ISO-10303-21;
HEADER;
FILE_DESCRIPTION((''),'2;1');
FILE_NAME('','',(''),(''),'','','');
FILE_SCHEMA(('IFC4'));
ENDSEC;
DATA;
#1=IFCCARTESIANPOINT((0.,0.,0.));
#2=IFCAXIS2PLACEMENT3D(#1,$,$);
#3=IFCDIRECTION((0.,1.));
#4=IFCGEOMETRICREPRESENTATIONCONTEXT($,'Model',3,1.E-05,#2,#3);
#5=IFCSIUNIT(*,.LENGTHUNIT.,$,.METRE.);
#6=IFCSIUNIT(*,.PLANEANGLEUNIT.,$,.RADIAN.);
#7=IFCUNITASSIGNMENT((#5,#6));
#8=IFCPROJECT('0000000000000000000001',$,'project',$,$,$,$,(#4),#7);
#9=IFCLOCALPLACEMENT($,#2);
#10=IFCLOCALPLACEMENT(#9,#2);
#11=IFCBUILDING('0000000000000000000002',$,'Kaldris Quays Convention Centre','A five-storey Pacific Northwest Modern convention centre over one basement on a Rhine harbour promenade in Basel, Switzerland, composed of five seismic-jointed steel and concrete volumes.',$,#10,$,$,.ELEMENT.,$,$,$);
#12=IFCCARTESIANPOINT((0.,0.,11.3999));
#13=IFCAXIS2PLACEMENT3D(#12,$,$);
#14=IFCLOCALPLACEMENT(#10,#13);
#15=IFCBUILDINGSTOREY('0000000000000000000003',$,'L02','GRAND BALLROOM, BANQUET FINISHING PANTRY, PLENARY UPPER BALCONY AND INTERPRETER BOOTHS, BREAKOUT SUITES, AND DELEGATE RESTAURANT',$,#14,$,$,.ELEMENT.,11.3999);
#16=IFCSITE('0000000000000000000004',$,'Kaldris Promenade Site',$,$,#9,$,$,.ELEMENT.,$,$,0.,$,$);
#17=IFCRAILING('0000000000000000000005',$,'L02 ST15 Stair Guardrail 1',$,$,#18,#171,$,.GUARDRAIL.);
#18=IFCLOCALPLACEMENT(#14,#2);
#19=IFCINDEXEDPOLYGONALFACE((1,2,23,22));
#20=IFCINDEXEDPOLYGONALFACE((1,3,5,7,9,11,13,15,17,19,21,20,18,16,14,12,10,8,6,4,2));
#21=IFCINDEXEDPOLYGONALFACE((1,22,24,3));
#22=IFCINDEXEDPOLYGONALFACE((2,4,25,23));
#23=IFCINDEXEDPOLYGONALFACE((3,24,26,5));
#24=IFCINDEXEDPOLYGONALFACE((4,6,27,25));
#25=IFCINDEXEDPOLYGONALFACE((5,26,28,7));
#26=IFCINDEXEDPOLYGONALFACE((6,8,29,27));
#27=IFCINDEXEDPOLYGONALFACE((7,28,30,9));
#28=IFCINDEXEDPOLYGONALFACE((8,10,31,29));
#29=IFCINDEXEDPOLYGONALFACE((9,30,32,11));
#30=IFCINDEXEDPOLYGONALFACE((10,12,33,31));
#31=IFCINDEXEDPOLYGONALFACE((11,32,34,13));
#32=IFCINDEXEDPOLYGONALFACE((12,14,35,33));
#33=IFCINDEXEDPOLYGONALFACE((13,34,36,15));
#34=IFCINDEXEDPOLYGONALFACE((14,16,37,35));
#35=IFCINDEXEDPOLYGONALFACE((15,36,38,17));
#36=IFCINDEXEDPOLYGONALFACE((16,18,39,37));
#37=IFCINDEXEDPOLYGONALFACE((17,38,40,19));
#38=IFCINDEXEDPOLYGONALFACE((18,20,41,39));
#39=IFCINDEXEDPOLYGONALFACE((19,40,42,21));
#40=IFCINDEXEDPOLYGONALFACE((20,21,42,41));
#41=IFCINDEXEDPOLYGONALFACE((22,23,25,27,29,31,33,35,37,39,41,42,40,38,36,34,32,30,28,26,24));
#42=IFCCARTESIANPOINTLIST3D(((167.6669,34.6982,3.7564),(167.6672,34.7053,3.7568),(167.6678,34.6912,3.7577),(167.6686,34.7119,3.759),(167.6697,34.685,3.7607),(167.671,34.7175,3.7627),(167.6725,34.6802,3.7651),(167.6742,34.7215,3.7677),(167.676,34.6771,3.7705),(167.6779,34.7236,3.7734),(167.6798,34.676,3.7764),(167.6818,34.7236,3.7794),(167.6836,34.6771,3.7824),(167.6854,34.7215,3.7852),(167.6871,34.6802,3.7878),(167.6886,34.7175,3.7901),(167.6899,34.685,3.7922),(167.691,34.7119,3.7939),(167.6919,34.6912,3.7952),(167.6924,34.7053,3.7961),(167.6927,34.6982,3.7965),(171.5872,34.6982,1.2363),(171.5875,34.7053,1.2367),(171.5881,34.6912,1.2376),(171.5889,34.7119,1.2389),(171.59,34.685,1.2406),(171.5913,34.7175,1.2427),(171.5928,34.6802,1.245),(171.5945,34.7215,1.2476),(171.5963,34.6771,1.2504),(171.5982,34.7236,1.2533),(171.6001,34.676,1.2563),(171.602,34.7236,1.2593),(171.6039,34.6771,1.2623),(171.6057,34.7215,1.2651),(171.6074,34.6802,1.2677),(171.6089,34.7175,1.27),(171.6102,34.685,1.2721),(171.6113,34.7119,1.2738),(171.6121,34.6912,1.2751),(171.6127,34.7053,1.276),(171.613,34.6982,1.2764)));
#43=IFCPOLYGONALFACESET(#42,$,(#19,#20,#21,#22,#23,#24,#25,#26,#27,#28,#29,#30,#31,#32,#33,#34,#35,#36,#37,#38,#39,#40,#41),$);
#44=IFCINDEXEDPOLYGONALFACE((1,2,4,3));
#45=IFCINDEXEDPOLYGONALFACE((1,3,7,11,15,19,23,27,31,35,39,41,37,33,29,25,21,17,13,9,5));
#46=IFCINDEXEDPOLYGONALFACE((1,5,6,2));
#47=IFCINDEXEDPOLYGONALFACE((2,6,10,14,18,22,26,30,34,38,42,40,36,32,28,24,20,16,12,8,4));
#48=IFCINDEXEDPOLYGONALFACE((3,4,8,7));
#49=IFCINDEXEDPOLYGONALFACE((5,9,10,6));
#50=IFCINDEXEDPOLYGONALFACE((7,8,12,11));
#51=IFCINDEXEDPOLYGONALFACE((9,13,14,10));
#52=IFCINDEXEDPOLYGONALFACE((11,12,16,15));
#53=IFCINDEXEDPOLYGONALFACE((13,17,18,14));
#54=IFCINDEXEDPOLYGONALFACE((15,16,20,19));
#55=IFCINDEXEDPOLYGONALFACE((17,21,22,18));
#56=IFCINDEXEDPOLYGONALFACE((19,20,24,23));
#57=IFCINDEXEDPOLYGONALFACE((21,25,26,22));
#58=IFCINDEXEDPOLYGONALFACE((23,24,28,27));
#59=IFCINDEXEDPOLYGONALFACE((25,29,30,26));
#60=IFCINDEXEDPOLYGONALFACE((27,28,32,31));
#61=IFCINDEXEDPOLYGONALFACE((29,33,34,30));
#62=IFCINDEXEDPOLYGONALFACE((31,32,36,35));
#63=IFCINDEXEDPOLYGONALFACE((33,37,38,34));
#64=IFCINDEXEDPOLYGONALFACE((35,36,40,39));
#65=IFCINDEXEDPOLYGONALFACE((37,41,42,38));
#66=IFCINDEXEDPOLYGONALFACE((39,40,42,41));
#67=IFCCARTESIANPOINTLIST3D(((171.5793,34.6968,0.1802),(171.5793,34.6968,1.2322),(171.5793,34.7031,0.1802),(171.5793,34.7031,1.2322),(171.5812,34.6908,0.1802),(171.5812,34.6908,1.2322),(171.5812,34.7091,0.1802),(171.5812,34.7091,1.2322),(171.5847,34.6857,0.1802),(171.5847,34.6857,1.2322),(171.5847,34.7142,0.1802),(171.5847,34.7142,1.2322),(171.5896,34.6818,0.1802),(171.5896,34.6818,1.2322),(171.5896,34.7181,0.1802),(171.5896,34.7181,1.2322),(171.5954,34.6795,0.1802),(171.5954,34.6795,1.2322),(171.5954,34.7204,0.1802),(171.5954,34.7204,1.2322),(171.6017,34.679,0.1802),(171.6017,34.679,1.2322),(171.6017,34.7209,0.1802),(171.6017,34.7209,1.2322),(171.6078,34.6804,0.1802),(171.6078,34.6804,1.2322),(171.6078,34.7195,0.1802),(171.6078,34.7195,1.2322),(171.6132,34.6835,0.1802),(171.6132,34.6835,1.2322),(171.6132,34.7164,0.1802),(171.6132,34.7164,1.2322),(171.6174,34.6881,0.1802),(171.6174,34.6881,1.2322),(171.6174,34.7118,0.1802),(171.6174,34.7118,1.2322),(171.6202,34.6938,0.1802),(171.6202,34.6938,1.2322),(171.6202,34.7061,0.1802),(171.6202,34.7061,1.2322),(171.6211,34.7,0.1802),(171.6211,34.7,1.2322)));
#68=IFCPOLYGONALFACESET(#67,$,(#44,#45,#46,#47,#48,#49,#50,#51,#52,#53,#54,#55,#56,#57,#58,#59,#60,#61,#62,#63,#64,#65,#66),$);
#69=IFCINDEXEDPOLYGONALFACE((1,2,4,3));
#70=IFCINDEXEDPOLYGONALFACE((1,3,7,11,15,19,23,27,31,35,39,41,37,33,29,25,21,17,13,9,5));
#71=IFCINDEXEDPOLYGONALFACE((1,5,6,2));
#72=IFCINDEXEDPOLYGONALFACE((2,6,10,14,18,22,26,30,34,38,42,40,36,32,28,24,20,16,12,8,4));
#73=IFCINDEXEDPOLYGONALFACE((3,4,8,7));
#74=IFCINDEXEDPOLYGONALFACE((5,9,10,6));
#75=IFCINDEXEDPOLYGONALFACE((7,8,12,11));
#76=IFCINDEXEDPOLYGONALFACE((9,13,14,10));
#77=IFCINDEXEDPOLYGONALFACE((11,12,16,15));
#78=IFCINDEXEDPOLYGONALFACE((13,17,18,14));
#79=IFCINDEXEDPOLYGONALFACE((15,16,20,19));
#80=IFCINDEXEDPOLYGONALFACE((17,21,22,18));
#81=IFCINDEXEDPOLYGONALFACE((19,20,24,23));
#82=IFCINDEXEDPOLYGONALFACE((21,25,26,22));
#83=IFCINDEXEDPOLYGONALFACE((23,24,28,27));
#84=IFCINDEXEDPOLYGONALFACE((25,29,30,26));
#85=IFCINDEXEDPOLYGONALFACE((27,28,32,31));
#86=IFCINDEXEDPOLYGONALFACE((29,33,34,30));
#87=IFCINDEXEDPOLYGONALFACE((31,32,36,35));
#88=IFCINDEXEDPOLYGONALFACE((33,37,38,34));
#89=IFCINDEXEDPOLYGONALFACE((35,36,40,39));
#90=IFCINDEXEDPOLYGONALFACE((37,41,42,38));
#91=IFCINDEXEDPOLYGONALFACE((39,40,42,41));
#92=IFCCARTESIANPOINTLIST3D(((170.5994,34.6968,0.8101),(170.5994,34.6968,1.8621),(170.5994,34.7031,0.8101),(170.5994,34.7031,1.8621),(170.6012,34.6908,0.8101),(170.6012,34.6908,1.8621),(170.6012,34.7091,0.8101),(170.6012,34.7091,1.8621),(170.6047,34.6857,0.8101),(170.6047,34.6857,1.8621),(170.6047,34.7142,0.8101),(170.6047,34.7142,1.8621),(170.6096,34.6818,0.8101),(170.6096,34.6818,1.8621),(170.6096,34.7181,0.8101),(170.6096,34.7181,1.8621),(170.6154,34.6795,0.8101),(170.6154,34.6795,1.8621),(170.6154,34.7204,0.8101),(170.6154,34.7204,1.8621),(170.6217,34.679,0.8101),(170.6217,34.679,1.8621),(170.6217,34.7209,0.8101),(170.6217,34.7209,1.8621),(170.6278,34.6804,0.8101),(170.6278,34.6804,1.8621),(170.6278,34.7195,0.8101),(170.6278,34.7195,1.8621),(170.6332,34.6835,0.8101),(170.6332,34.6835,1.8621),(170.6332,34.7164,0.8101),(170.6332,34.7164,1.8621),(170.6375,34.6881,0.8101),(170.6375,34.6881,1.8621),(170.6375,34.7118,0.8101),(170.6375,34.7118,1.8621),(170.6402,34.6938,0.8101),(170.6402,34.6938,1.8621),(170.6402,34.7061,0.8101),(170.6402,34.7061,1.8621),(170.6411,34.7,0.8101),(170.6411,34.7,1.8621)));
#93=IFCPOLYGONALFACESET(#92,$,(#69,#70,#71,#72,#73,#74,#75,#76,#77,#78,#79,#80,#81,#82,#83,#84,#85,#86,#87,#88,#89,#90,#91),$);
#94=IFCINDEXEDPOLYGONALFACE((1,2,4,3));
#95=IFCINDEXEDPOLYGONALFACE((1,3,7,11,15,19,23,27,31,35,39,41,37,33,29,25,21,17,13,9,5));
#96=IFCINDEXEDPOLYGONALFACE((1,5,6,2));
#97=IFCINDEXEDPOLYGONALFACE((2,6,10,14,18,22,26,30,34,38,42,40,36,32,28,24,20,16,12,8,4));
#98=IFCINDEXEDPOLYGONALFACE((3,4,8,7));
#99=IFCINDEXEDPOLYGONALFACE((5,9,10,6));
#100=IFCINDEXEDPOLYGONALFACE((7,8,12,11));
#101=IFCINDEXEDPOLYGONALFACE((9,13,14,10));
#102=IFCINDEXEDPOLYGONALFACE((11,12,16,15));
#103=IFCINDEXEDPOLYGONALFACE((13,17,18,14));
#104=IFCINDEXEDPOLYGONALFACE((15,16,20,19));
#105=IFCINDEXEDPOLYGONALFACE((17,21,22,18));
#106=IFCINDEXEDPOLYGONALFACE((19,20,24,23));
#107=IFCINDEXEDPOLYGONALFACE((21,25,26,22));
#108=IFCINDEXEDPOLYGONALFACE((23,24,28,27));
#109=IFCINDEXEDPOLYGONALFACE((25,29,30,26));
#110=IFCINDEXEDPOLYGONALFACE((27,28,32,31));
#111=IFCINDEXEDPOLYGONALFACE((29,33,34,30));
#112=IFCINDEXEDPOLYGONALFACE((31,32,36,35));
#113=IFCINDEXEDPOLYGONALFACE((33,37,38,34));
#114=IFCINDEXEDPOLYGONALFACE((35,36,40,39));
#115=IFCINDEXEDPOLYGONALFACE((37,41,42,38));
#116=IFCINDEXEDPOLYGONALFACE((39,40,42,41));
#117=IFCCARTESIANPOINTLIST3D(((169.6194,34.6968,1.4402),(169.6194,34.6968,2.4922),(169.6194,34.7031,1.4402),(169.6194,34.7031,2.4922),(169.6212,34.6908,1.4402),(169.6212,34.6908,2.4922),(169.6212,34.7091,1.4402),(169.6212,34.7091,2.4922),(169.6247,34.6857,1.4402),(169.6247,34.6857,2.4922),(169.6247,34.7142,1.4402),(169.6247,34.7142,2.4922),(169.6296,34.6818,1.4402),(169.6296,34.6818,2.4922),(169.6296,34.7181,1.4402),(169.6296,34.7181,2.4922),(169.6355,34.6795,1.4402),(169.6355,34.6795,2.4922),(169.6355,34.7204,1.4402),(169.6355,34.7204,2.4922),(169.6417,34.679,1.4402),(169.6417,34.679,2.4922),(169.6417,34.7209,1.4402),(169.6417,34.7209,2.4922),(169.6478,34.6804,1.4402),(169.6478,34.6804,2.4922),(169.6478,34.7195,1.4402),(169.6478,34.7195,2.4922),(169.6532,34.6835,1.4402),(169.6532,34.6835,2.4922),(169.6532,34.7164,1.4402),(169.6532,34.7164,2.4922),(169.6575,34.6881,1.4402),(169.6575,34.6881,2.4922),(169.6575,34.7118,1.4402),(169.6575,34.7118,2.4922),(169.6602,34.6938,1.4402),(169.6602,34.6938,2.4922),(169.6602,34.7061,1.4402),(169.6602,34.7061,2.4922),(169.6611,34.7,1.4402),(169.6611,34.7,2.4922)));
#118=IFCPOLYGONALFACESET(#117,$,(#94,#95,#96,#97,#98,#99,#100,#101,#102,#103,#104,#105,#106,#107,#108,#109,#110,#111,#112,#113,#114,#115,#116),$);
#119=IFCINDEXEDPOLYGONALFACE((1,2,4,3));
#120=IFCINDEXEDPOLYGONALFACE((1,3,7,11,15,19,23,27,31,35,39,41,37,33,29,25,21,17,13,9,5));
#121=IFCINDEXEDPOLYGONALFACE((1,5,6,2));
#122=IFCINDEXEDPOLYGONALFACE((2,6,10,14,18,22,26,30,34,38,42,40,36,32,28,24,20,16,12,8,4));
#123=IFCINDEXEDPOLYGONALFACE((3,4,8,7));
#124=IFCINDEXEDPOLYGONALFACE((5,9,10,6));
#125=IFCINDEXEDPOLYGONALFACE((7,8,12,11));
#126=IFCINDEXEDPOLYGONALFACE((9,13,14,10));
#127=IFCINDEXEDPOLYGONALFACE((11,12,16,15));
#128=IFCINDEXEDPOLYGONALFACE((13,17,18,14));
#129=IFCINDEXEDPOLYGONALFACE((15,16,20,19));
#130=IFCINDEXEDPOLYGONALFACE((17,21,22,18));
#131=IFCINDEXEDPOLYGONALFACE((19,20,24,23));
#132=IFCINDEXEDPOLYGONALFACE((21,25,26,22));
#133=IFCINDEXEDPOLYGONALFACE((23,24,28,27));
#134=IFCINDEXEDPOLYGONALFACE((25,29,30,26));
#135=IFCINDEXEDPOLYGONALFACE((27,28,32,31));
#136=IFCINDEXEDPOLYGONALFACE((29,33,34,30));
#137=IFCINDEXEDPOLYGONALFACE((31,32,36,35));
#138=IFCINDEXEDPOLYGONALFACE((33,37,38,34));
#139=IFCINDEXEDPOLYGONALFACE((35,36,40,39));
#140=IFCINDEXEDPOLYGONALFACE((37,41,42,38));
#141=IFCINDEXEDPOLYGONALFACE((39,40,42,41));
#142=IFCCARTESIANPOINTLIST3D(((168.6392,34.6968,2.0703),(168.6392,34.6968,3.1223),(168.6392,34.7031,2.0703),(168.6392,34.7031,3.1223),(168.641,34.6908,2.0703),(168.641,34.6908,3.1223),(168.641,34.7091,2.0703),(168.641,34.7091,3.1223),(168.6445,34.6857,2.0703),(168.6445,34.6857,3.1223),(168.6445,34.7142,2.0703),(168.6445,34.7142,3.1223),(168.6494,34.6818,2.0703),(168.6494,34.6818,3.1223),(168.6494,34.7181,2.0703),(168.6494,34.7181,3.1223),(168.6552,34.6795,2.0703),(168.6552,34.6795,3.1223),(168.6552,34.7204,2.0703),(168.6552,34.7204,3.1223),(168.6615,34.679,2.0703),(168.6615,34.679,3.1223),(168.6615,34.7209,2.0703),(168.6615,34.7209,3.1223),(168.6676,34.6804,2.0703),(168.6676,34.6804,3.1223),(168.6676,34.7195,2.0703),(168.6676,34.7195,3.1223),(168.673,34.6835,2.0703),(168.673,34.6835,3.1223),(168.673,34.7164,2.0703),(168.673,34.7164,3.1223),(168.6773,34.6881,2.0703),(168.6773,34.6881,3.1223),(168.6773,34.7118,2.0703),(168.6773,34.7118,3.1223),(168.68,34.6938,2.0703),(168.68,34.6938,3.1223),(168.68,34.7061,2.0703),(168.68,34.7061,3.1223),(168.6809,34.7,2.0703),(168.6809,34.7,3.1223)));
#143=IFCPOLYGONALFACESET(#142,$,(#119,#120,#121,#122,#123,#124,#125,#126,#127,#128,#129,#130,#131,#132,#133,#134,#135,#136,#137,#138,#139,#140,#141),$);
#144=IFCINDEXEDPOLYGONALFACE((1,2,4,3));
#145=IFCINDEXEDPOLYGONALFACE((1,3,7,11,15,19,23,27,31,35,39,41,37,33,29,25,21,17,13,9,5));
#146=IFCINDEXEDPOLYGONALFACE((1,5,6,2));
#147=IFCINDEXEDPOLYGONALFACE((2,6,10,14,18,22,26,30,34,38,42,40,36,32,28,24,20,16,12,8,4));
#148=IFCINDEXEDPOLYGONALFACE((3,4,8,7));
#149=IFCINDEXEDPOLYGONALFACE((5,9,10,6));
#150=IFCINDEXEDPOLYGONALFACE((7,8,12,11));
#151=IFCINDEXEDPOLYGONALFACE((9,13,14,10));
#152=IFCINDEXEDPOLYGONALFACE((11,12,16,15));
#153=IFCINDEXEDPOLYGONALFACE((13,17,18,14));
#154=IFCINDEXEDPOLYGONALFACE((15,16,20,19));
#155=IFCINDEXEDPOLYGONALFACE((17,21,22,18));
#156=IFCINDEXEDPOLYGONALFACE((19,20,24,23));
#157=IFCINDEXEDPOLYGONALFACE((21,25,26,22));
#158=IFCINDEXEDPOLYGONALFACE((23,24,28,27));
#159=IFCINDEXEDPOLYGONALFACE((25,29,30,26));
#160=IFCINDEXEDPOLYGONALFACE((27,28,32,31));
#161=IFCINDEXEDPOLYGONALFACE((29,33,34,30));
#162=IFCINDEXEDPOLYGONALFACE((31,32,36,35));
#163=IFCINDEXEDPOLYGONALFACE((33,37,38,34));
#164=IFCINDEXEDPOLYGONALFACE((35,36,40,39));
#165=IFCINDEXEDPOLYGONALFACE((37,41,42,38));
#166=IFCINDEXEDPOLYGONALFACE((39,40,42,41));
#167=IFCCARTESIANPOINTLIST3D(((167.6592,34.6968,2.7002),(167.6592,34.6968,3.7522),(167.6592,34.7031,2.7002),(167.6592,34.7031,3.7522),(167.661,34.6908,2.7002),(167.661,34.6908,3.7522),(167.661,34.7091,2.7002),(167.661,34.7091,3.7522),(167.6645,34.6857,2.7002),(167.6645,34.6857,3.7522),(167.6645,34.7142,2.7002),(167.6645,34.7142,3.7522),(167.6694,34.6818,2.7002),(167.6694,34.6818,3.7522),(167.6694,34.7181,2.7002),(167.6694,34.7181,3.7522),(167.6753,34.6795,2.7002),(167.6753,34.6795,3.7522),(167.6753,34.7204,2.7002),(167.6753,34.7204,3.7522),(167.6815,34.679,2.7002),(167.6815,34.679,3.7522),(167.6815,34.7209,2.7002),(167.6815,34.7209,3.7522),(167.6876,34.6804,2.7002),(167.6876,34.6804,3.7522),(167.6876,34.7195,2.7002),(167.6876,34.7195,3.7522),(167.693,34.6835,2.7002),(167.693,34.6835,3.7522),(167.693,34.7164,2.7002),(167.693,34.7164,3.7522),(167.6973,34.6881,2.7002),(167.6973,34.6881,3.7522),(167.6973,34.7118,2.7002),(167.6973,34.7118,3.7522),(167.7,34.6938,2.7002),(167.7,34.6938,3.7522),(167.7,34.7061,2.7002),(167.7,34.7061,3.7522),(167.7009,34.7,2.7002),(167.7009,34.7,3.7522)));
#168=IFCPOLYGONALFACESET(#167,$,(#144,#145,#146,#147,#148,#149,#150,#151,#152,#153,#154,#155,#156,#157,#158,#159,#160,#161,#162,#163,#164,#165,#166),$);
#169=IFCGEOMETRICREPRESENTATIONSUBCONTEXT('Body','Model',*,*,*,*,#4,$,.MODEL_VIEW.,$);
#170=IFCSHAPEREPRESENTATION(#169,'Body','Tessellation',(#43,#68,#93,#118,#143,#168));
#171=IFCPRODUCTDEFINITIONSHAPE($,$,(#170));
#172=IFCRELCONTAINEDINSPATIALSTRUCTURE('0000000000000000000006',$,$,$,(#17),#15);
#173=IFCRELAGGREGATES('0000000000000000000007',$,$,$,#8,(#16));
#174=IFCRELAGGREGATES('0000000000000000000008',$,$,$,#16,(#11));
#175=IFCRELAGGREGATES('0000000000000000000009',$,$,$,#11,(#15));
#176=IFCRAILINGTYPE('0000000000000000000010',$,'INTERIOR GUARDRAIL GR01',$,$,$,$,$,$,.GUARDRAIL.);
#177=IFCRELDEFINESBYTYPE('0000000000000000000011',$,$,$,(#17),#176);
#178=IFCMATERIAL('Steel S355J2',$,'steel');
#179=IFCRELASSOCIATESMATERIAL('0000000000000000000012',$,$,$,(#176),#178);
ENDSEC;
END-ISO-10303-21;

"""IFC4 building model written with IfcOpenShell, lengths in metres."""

from ifc_helpers import new_model, si_unit, direction, frame, origin, origin_2d, place, context, subcontext, project, spatial, circle, extrude, material, type_object, element, save


model = new_model("IFC4")

# Units and contexts
model_context = context("Model", 3, precision=1e-05, world=origin(), true_north=direction((0.0, 1.0)))
body_context = subcontext(model_context, "Body", "Model", "MODEL_VIEW")
ifc_project = project(units=[si_unit("LENGTHUNIT", "METRE"), si_unit("PLANEANGLEUNIT", "RADIAN")], contexts=[model_context])

# Site, building, storey
site_placement = place(None, origin())
site = spatial("IfcSite", under=ifc_project, at=site_placement, Name="Kaldris Promenade Site", CompositionType="ELEMENT", RefElevation=0.0)
building_placement = place(site_placement, origin())
building = spatial("IfcBuilding", under=site, at=building_placement, Name="Kaldris Quays Convention Centre", Description="A five-storey Pacific Northwest Modern convention centre over one basement on a Rhine harbour promenade in Basel, Switzerland, composed of five seismic-jointed steel and concrete volumes.", CompositionType="ELEMENT")
storey_placement = place(building_placement, frame((0.0, 0.0, 11.3999)))
storey = spatial("IfcBuildingStorey", under=building, at=storey_placement, Name="L02", Description="GRAND BALLROOM, BANQUET FINISHING PANTRY, PLENARY UPPER BALCONY AND INTERPRETER BOOTHS, BREAKOUT SUITES, AND DELEGATE RESTAURANT", CompositionType="ELEMENT", Elevation=11.3999)

# Shared definitions
ifc_material_1 = material(Name="Steel S355J2", Category="steel")

# Railing
railing_type_1 = type_object("IfcRailingType", Name="INTERIOR GUARDRAIL GR01", PredefinedType="GUARDRAIL", material=ifc_material_1)
railing_1_placement = place(storey_placement, frame((171.6001, 34.7, 0.1802)))
element("IfcRailing", 1, at=railing_1_placement, inside=storey, type_object=railing_type_1, Name="L02 ST15 Stair Guardrail 1", PredefinedType="GUARDRAIL", context=body_context, shape_type="SweptSolid", body=[
    extrude(circle(Radius=0.0239, at=origin_2d()), frame((0.0, 0.0, 1.0762), z_axis=(-0.841187, 0.0, 0.540744), x_axis=(0.0, -1.0, 0.0)), (0.0, 0.0, 1.0), 4.6604),
    extrude(circle(Radius=0.021, at=origin_2d()), origin(), (0.0, 0.0, 1.0), 1.052),
    extrude(circle(Radius=0.021, at=origin_2d()), frame((-0.98, 0.0, 0.6299)), (0.0, 0.0, 1.0), 1.052),
    extrude(circle(Radius=0.021, at=origin_2d()), frame((-1.96, 0.0, 1.26)), (0.0, 0.0, 1.0), 1.052),
    extrude(circle(Radius=0.021, at=origin_2d()), frame((-2.9402, 0.0, 1.8901)), (0.0, 0.0, 1.0), 1.052),
    extrude(circle(Radius=0.021, at=origin_2d()), frame((-3.9202, 0.0, 2.52)), (0.0, 0.0, 1.0), 1.052),
])

save(model, "model.ifc")
